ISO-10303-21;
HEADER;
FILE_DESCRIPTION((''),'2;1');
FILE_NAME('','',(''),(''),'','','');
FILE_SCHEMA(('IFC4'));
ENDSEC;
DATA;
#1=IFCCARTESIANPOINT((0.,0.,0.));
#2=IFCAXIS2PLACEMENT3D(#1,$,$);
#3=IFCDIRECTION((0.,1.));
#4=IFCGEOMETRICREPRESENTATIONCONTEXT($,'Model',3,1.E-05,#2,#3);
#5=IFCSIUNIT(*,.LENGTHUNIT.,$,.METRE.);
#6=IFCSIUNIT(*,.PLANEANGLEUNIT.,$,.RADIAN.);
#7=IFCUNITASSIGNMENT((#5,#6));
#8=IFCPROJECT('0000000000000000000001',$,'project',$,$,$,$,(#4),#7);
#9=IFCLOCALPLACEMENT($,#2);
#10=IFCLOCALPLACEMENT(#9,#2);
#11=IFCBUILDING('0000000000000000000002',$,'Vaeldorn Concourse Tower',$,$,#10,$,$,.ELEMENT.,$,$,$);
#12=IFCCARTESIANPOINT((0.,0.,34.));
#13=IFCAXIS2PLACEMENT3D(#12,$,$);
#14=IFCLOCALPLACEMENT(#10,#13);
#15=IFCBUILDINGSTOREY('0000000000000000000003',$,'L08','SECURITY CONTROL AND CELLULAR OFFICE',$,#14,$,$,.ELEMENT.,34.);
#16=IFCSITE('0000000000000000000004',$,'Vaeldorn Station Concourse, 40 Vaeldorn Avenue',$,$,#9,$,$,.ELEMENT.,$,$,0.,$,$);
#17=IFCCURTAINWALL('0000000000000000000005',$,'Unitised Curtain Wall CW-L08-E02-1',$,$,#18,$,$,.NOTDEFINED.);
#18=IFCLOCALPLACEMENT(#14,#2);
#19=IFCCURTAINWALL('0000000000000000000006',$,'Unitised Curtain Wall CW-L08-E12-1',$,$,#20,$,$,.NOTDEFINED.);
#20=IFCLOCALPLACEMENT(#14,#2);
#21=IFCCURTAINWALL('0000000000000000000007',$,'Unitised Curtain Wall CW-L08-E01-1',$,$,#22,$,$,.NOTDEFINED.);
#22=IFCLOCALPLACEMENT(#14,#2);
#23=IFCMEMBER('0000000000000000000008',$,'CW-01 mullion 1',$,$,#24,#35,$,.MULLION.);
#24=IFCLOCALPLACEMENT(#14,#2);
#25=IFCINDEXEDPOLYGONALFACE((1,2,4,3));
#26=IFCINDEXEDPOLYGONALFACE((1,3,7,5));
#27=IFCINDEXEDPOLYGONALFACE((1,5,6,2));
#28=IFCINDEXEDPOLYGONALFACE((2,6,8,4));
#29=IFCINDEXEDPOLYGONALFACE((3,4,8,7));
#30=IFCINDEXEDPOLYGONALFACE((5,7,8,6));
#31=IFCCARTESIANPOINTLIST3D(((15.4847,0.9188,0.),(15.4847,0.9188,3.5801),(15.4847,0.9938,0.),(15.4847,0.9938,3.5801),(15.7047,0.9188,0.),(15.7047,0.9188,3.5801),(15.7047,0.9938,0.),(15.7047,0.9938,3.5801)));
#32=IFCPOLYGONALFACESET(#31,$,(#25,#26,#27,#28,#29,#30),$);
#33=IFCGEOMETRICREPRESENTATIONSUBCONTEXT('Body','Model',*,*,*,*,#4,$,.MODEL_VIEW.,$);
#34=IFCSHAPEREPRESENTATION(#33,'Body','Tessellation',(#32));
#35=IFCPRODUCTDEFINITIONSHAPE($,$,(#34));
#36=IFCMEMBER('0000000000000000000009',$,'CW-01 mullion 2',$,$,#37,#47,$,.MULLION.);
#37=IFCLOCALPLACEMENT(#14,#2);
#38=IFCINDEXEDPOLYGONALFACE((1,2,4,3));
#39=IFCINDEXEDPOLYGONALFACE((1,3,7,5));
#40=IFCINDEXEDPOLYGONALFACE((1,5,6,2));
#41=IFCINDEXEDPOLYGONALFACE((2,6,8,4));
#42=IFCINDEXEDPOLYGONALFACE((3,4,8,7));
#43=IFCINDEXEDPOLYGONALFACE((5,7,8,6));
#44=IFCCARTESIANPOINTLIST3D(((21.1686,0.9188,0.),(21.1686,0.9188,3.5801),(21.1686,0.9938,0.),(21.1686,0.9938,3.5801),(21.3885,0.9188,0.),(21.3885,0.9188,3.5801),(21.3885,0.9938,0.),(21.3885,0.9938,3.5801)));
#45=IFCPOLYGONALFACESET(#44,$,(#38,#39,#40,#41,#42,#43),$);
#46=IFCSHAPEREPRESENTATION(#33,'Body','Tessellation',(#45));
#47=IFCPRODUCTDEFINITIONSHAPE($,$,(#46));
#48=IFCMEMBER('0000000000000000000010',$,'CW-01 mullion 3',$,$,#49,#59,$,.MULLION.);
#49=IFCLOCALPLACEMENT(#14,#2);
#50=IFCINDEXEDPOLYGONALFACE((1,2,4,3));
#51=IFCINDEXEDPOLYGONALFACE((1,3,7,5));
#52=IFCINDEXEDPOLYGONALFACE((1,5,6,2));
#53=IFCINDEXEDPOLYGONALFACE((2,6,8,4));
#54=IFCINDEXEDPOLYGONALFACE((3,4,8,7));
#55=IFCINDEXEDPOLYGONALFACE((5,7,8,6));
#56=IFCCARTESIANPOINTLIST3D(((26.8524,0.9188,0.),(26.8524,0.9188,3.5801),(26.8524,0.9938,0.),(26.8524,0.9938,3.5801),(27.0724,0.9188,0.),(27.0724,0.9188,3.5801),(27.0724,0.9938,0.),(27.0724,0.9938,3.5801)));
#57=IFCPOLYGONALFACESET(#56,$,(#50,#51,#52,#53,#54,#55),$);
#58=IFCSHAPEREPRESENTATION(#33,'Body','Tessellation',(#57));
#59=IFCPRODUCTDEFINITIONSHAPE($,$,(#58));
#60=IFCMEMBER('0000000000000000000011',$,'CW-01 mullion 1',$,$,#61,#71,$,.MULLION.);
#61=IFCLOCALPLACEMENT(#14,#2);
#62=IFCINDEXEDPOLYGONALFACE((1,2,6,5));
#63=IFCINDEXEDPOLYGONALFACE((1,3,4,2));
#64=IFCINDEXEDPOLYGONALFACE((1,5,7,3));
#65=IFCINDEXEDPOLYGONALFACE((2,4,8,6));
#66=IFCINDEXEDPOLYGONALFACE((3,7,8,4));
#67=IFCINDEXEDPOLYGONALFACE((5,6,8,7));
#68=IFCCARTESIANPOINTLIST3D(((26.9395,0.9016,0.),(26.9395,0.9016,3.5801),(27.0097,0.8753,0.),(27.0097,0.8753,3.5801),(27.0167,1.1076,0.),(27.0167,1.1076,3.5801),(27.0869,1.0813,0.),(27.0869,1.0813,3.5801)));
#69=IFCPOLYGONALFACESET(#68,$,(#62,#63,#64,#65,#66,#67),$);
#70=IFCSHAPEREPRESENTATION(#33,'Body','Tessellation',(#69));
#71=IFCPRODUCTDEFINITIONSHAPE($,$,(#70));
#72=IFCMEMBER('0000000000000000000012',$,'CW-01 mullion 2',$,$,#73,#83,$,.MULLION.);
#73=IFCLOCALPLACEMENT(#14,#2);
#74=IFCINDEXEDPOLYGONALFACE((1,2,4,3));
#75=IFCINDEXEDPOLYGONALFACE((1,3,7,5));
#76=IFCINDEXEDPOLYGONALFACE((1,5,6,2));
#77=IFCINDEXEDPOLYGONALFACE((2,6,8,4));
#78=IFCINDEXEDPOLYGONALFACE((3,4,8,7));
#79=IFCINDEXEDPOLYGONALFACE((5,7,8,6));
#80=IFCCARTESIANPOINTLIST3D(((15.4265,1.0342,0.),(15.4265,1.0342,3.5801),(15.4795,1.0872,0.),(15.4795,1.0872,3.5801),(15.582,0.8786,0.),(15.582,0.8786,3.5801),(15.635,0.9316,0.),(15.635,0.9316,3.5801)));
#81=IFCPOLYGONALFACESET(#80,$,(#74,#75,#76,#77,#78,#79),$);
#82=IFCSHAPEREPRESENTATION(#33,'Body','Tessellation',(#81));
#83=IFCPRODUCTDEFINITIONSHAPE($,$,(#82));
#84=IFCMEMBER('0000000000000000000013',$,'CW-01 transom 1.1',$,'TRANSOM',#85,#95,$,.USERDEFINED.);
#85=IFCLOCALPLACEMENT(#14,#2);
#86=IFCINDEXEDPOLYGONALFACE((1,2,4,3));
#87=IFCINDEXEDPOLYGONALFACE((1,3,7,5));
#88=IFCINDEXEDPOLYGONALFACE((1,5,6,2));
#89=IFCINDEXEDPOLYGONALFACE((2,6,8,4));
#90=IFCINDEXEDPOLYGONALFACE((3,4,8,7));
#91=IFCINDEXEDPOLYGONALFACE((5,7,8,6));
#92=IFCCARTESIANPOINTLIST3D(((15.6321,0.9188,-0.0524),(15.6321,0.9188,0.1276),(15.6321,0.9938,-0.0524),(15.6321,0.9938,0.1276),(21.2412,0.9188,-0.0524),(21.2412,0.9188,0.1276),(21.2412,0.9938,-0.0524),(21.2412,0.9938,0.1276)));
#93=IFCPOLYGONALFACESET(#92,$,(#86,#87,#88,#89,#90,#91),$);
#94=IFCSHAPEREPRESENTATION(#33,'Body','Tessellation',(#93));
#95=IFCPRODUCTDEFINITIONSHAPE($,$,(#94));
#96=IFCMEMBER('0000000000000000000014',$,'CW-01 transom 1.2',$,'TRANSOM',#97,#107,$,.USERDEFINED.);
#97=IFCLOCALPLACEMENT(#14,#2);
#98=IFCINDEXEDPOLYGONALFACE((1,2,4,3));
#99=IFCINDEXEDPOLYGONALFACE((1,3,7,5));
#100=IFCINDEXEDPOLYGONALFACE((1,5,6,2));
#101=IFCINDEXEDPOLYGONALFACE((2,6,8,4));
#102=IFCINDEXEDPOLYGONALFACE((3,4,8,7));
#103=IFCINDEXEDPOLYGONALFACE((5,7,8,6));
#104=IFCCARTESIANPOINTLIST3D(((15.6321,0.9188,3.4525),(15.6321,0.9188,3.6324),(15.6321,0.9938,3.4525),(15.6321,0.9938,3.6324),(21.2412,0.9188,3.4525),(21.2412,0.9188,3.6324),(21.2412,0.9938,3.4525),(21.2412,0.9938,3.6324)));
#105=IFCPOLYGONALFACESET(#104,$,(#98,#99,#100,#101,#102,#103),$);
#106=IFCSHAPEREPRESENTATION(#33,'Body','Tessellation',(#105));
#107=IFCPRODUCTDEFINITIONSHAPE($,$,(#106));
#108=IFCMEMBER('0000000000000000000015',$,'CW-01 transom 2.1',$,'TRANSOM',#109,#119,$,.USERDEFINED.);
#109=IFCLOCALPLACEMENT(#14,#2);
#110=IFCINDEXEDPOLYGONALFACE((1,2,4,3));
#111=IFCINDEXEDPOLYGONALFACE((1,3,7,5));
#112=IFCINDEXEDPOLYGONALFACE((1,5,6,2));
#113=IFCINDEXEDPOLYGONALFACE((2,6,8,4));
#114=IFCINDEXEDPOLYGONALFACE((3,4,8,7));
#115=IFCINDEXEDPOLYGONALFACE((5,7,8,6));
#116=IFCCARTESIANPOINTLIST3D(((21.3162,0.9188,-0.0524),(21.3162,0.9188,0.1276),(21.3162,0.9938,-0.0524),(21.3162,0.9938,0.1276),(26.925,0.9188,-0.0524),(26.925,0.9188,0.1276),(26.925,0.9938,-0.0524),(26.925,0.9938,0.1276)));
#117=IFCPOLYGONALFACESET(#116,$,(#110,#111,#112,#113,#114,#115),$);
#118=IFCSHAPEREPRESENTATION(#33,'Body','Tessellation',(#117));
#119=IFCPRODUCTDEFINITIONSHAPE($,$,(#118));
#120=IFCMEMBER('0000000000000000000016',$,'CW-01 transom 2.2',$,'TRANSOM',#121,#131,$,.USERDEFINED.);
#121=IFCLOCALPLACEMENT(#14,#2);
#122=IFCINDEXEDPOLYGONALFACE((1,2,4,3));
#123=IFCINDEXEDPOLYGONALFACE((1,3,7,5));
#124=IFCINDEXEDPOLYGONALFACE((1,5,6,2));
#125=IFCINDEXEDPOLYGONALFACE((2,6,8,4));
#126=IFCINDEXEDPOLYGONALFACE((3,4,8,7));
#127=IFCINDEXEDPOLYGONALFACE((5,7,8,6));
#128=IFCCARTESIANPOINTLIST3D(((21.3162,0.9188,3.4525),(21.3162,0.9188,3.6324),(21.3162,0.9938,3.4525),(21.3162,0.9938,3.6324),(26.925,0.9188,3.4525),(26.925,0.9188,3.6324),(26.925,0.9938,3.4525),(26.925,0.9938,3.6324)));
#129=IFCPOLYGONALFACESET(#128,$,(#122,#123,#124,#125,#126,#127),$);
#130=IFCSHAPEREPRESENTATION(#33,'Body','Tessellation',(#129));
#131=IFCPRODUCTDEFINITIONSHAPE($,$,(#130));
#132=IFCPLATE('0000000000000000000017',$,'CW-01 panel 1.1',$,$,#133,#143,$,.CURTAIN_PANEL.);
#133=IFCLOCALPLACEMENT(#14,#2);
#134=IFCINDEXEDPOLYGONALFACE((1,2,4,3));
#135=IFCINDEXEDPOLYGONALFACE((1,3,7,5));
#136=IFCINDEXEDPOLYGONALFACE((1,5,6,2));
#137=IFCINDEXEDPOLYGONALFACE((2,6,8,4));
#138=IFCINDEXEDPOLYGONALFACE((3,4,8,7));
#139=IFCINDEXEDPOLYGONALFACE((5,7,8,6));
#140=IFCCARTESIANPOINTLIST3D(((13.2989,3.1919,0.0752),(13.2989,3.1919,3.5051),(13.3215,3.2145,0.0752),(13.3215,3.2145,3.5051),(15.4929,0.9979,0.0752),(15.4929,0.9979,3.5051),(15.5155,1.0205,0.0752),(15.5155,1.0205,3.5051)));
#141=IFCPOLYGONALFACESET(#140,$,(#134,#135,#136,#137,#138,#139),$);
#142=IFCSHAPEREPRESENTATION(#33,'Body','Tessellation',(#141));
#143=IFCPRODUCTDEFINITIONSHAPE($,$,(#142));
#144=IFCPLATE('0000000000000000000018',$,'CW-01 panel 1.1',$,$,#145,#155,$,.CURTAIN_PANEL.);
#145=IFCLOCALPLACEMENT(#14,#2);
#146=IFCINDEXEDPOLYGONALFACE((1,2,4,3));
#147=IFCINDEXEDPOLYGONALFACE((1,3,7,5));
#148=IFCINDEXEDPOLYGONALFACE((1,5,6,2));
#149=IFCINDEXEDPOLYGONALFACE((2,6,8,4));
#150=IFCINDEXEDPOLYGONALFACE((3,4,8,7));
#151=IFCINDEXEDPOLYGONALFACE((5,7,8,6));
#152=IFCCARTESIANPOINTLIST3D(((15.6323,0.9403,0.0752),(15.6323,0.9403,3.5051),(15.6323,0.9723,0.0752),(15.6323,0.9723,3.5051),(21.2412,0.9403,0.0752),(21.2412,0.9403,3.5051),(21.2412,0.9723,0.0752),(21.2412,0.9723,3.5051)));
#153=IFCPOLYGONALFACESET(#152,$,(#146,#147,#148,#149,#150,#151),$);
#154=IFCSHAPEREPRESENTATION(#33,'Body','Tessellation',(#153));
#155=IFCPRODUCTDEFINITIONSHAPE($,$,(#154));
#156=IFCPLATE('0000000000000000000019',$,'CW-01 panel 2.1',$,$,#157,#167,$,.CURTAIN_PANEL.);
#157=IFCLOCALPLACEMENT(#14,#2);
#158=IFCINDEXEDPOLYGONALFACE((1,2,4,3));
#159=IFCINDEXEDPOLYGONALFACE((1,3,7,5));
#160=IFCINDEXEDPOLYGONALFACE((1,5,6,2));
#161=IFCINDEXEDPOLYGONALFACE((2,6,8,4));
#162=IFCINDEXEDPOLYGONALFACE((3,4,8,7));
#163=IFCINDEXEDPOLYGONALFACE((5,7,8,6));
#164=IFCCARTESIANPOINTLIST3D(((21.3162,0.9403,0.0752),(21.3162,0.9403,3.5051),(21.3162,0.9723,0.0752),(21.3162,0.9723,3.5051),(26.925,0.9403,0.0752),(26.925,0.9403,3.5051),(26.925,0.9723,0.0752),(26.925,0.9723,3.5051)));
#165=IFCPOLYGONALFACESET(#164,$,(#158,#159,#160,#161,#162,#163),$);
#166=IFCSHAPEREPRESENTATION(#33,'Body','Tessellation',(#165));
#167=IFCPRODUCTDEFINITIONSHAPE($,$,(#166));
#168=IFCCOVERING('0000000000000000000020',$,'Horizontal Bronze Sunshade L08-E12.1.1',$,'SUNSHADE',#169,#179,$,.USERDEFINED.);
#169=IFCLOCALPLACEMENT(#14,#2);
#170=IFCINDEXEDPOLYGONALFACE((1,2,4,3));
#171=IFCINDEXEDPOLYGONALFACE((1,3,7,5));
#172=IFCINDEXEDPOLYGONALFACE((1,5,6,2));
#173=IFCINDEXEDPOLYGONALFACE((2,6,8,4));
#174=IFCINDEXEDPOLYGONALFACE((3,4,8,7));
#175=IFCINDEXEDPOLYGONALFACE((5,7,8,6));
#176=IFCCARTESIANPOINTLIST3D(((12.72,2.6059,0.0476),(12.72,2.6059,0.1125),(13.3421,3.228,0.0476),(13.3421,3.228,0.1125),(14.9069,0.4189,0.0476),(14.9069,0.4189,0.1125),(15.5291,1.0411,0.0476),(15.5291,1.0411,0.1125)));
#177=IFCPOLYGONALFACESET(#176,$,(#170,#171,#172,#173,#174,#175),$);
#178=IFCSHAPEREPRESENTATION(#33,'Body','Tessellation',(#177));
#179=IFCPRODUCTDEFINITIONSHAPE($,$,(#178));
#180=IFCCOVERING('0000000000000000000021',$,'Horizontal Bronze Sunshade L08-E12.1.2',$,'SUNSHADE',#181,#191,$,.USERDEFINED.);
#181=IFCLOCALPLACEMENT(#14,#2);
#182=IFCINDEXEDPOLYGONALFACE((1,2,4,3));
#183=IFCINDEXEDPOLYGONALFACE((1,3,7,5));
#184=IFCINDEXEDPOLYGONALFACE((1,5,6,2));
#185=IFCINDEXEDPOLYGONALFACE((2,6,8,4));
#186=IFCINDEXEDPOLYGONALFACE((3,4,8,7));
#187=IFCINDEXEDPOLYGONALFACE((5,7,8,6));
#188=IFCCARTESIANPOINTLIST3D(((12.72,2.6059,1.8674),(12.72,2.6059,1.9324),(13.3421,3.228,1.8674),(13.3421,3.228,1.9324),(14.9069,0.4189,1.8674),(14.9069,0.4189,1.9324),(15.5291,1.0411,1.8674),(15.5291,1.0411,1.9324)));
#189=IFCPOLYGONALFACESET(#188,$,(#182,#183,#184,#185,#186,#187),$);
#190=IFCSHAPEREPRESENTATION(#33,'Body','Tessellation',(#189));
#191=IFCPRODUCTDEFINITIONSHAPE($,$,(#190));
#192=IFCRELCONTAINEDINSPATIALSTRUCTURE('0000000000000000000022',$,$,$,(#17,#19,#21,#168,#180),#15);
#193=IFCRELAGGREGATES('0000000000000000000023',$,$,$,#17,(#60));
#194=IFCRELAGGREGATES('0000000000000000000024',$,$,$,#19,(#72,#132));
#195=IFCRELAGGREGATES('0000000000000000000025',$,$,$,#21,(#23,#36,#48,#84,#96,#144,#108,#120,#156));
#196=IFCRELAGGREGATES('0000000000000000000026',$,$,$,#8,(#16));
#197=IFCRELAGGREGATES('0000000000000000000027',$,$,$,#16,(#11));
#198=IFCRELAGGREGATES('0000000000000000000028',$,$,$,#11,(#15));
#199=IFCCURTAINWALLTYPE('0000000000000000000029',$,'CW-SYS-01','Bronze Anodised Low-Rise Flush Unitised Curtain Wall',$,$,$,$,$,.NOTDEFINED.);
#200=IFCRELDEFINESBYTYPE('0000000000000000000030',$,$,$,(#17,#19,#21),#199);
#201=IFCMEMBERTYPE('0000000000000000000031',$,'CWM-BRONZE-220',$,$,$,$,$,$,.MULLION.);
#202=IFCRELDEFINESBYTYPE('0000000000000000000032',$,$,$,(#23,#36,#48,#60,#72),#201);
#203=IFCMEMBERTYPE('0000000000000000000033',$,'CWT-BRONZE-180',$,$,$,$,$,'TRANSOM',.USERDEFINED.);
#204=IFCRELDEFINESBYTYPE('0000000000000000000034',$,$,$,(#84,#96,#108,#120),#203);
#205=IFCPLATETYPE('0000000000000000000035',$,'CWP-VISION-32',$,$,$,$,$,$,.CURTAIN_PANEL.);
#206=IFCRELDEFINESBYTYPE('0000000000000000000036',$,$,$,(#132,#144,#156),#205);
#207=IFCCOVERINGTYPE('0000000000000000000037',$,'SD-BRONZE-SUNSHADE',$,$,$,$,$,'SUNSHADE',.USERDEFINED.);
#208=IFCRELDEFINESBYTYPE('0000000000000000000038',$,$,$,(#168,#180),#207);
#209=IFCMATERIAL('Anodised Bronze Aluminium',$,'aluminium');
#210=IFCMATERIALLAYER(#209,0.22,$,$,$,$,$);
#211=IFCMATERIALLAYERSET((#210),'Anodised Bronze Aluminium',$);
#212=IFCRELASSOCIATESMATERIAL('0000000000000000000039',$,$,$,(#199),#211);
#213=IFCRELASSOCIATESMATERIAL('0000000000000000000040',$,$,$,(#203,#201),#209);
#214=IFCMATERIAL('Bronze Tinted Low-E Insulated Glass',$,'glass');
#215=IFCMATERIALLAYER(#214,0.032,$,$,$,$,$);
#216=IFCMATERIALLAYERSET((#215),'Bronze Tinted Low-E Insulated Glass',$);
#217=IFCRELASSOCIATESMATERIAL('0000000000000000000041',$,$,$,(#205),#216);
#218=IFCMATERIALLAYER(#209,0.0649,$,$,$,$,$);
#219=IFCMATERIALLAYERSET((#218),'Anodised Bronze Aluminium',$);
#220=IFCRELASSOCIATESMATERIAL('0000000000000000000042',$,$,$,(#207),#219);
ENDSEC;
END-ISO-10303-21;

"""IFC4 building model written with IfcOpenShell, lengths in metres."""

from ifc_helpers import new_model, si_unit, direction, frame, origin, origin_2d, place, context, subcontext, project, spatial, rectangle, extrude, source, transform, mapped, material, layer, layer_set, material_profile, profile_set, type_object, element, aggregate, save


model = new_model("IFC4")

# Units and contexts
model_context = context("Model", 3, precision=1e-05, world=origin(), true_north=direction((0.0, 1.0)))
body_context = subcontext(model_context, "Body", "Model", "MODEL_VIEW")
ifc_project = project(units=[si_unit("LENGTHUNIT", "METRE"), si_unit("PLANEANGLEUNIT", "RADIAN")], contexts=[model_context])

# Site, building, storey
site_placement = place(None, origin())
site = spatial("IfcSite", under=ifc_project, at=site_placement, Name="Vaeldorn Station Concourse, 40 Vaeldorn Avenue", CompositionType="ELEMENT", RefElevation=0.0)
building_placement = place(site_placement, origin())
building = spatial("IfcBuilding", under=site, at=building_placement, Name="Vaeldorn Concourse Tower", CompositionType="ELEMENT")
storey_placement = place(building_placement, frame((0.0, 0.0, 34.0)))
storey = spatial("IfcBuildingStorey", under=building, at=storey_placement, Name="L08", Description="SECURITY CONTROL AND CELLULAR OFFICE", CompositionType="ELEMENT", Elevation=34.0)

# Curtain wall
ifc_material_1 = material(Name="Anodised Bronze Aluminium", Category="aluminium")
ifc_layer_1 = layer(ifc_material_1, 0.22)
ifc_layer_set_1 = layer_set([ifc_layer_1], Name="Anodised Bronze Aluminium")
curtain_wall_type = type_object("IfcCurtainWallType", Name="CW-SYS-01", Description="Bronze Anodised Low-Rise Flush Unitised Curtain Wall", PredefinedType="NOTDEFINED", material=ifc_layer_set_1)
curtain_wall_1_placement = place(storey_placement, origin())
curtain_wall_1 = element("IfcCurtainWall", 1, at=curtain_wall_1_placement, inside=storey, type_object=curtain_wall_type, Name="Unitised Curtain Wall CW-L08-E02-1", PredefinedType="NOTDEFINED")
ifc_material_profile_1 = material_profile(ifc_material_1, rectangle(XDim=0.075, YDim=0.1799, at=origin_2d()), Name="CWT 75x180")
ifc_profile_set_1 = profile_set([ifc_material_profile_1], Name="Anodised Bronze Aluminium")
member_type_1 = type_object("IfcMemberType", Name="CWT-BRONZE-180", ElementType="TRANSOM", PredefinedType="USERDEFINED", material=ifc_profile_set_1)

# Curtain wall
curtain_wall_2_placement = place(storey_placement, origin())
curtain_wall_2 = element("IfcCurtainWall", 2, at=curtain_wall_2_placement, inside=storey, type_object=curtain_wall_type, Name="Unitised Curtain Wall CW-L08-E12-1", PredefinedType="NOTDEFINED")

# Curtain wall, members
curtain_wall_3_placement = place(storey_placement, origin())
curtain_wall_3 = element("IfcCurtainWall", 3, at=curtain_wall_3_placement, inside=storey, type_object=curtain_wall_type, Name="Unitised Curtain Wall CW-L08-E01-1", PredefinedType="NOTDEFINED")
ifc_material_profile_2 = material_profile(ifc_material_1, rectangle(XDim=0.075, YDim=0.22, at=origin_2d()), Name="CWM 75x220")
ifc_profile_set_2 = profile_set([ifc_material_profile_2], Name="Anodised Bronze Aluminium")
member_type_2 = type_object("IfcMemberType", Name="CWM-BRONZE-220", PredefinedType="MULLION", material=ifc_profile_set_2)
shared_shape_1 = source(origin(), body_context, "Body", "SweptSolid", [
    extrude(rectangle(XDim=0.075, YDim=0.22, at=origin_2d()), origin(), (0.0, 0.0, 1.0), 3.5801),
])
member_1_placement = place(storey_placement, frame((15.5947, 0.9563, 0.0), z_axis=(0.0, 0.0, 1.0), x_axis=(0.0, 1.0, 0.0)))
member_1 = element("IfcMember", 4, at=member_1_placement, type_object=member_type_2, Name="CW-01 mullion 1", PredefinedType="MULLION", context=body_context, shape_type="MappedRepresentation", body=[
    mapped(shared_shape_1, transform((0.0, 0.0, 0.0), scale=1.0)),
])
member_2_placement = place(storey_placement, frame((21.2786, 0.9563, 0.0), z_axis=(0.0, 0.0, 1.0), x_axis=(0.0, 1.0, 0.0)))
member_2 = element("IfcMember", 5, at=member_2_placement, type_object=member_type_2, Name="CW-01 mullion 2", PredefinedType="MULLION", context=body_context, shape_type="MappedRepresentation", body=[
    mapped(shared_shape_1, transform((0.0, 0.0, 0.0), scale=1.0)),
])
member_3_placement = place(storey_placement, frame((26.9624, 0.9563, 0.0), z_axis=(0.0, 0.0, 1.0), x_axis=(0.0, 1.0, 0.0)))
member_3 = element("IfcMember", 6, at=member_3_placement, type_object=member_type_2, Name="CW-01 mullion 3", PredefinedType="MULLION", context=body_context, shape_type="MappedRepresentation", body=[
    mapped(shared_shape_1, transform((0.0, 0.0, 0.0), scale=1.0)),
])

# Members
member_4_placement = place(storey_placement, frame((27.0132, 0.9915, 0.0), z_axis=(0.0, 0.0, 1.0), x_axis=(-0.936329, 0.351123, 0.0)))
member_4 = element("IfcMember", 7, at=member_4_placement, type_object=member_type_2, Name="CW-01 mullion 1", PredefinedType="MULLION", context=body_context, shape_type="MappedRepresentation", body=[
    mapped(shared_shape_1, transform((0.0, 0.0, 0.0), scale=1.0)),
])
aggregate(curtain_wall_1, [member_4])
member_5_placement = place(storey_placement, frame((15.5308, 0.9829, 0.0), z_axis=(0.0, 0.0, 1.0), x_axis=(0.707107, 0.707107, 0.0)))
member_5 = element("IfcMember", 8, at=member_5_placement, type_object=member_type_2, Name="CW-01 mullion 2", PredefinedType="MULLION", context=body_context, shape_type="MappedRepresentation", body=[
    mapped(shared_shape_1, transform((0.0, 0.0, 0.0), scale=1.0)),
])
shared_shape_2 = source(origin(), body_context, "Body", "SweptSolid", [
    extrude(rectangle(XDim=0.075, YDim=0.1799, at=origin_2d()), origin(), (0.0, 0.0, 1.0), 5.6091),
])
member_6_placement = place(storey_placement, frame((15.6321, 0.9563, 0.0376), z_axis=(1.0, 0.0, 0.0), x_axis=(0.0, 1.0, 0.0)))
member_6 = element("IfcMember", 9, at=member_6_placement, type_object=member_type_1, Name="CW-01 transom 1.1", ObjectType="TRANSOM", PredefinedType="USERDEFINED", context=body_context, shape_type="MappedRepresentation", body=[
    mapped(shared_shape_2, transform((0.0, 0.0, 0.0), scale=1.0)),
])
member_7_placement = place(storey_placement, frame((15.6321, 0.9563, 3.5425), z_axis=(1.0, 0.0, 0.0), x_axis=(0.0, 1.0, 0.0)))
member_7 = element("IfcMember", 10, at=member_7_placement, type_object=member_type_1, Name="CW-01 transom 1.2", ObjectType="TRANSOM", PredefinedType="USERDEFINED", context=body_context, shape_type="MappedRepresentation", body=[
    mapped(shared_shape_2, transform((0.0, 0.0, 0.0), scale=1.0)),
])
shared_shape_3 = source(origin(), body_context, "Body", "SweptSolid", [
    extrude(rectangle(XDim=0.075, YDim=0.1799, at=origin_2d()), origin(), (0.0, 0.0, 1.0), 5.6089),
])
member_8_placement = place(storey_placement, frame((21.3162, 0.9563, 0.0376), z_axis=(1.0, 0.0, 0.0), x_axis=(0.0, 1.0, 0.0)))
member_8 = element("IfcMember", 11, at=member_8_placement, type_object=member_type_1, Name="CW-01 transom 2.1", ObjectType="TRANSOM", PredefinedType="USERDEFINED", context=body_context, shape_type="MappedRepresentation", body=[
    mapped(shared_shape_3, transform((0.0, 0.0, 0.0), scale=1.0)),
])
member_9_placement = place(storey_placement, frame((21.3162, 0.9563, 3.5425), z_axis=(1.0, 0.0, 0.0), x_axis=(0.0, 1.0, 0.0)))
member_9 = element("IfcMember", 12, at=member_9_placement, type_object=member_type_1, Name="CW-01 transom 2.2", ObjectType="TRANSOM", PredefinedType="USERDEFINED", context=body_context, shape_type="MappedRepresentation", body=[
    mapped(shared_shape_3, transform((0.0, 0.0, 0.0), scale=1.0)),
])

# Plates
ifc_material_2 = material(Name="Bronze Tinted Low-E Insulated Glass", Category="glass")
ifc_layer_2 = layer(ifc_material_2, 0.032)
ifc_layer_set_2 = layer_set([ifc_layer_2], Name="Bronze Tinted Low-E Insulated Glass")
plate_type = type_object("IfcPlateType", Name="CWP-VISION-32", PredefinedType="CURTAIN_PANEL", material=ifc_layer_set_2)
shared_shape_4 = source(origin(), body_context, "Body", "SweptSolid", [
    extrude(rectangle(XDim=3.1028, YDim=0.032, at=origin_2d()), origin(), (0.0, 0.0, 1.0), 3.4299),
])
plate_1_placement = place(storey_placement, frame((14.4072, 2.1062, 0.0752), z_axis=(0.0, 0.0, 1.0), x_axis=(0.707107, -0.707107, 0.0)))
plate_1 = element("IfcPlate", 13, at=plate_1_placement, type_object=plate_type, Name="CW-01 panel 1.1", PredefinedType="CURTAIN_PANEL", context=body_context, shape_type="MappedRepresentation", body=[
    mapped(shared_shape_4, transform((0.0, 0.0, 0.0), scale=1.0)),
])
aggregate(curtain_wall_2, [member_5, plate_1])
shared_shape_5 = source(origin(), body_context, "Body", "SweptSolid", [
    extrude(rectangle(XDim=5.6089, YDim=0.032, at=origin_2d()), origin(), (0.0, 0.0, 1.0), 3.4299),
])
plate_2_placement = place(storey_placement, frame((18.4368, 0.9563, 0.0752), z_axis=(0.0, 0.0, 1.0), x_axis=(1.0, 0.0, 0.0)))
plate_2 = element("IfcPlate", 14, at=plate_2_placement, type_object=plate_type, Name="CW-01 panel 1.1", PredefinedType="CURTAIN_PANEL", context=body_context, shape_type="MappedRepresentation", body=[
    mapped(shared_shape_5, transform((0.0, 0.0, 0.0), scale=1.0)),
])
plate_3_placement = place(storey_placement, frame((24.1206, 0.9563, 0.0752), z_axis=(0.0, 0.0, 1.0), x_axis=(1.0, 0.0, 0.0)))
plate_3 = element("IfcPlate", 15, at=plate_3_placement, type_object=plate_type, Name="CW-01 panel 2.1", PredefinedType="CURTAIN_PANEL", context=body_context, shape_type="MappedRepresentation", body=[
    mapped(shared_shape_5, transform((0.0, 0.0, 0.0), scale=1.0)),
])
aggregate(curtain_wall_3, [member_1, member_2, member_3, member_6, member_7, plate_2, member_8, member_9, plate_3])

# Coverings
ifc_layer_3 = layer(ifc_material_1, 0.0649)
ifc_layer_set_3 = layer_set([ifc_layer_3], Name="Anodised Bronze Aluminium")
covering_type = type_object("IfcCoveringType", Name="SD-BRONZE-SUNSHADE", ElementType="SUNSHADE", PredefinedType="USERDEFINED", material=ifc_layer_set_3)
shared_shape_6 = source(origin(), body_context, "Body", "SweptSolid", [
    extrude(rectangle(XDim=3.0928, YDim=0.8799, at=origin_2d()), origin(), (0.0, 0.0, 1.0), 0.0649),
])
for number, where, z_axis, x_axis, name in (
    (16, (14.1245, 1.8235, 0.0476), (0.0, 0.0, 1.0), (0.707107, -0.707107, 0.0), "Horizontal Bronze Sunshade L08-E12.1.1"),
    (17, (14.1245, 1.8235, 1.8674), (0.0, 0.0, 1.0), (0.707107, -0.707107, 0.0), "Horizontal Bronze Sunshade L08-E12.1.2"),
):
    element("IfcCovering", number, at=place(storey_placement, frame(where, z_axis=z_axis, x_axis=x_axis)), inside=storey, type_object=covering_type, Name=name, ObjectType="SUNSHADE", PredefinedType="USERDEFINED", context=body_context, shape_type="MappedRepresentation", body=[
        mapped(shared_shape_6, transform((0.0, 0.0, 0.0), scale=1.0)),
    ])

save(model, "model.ifc")
